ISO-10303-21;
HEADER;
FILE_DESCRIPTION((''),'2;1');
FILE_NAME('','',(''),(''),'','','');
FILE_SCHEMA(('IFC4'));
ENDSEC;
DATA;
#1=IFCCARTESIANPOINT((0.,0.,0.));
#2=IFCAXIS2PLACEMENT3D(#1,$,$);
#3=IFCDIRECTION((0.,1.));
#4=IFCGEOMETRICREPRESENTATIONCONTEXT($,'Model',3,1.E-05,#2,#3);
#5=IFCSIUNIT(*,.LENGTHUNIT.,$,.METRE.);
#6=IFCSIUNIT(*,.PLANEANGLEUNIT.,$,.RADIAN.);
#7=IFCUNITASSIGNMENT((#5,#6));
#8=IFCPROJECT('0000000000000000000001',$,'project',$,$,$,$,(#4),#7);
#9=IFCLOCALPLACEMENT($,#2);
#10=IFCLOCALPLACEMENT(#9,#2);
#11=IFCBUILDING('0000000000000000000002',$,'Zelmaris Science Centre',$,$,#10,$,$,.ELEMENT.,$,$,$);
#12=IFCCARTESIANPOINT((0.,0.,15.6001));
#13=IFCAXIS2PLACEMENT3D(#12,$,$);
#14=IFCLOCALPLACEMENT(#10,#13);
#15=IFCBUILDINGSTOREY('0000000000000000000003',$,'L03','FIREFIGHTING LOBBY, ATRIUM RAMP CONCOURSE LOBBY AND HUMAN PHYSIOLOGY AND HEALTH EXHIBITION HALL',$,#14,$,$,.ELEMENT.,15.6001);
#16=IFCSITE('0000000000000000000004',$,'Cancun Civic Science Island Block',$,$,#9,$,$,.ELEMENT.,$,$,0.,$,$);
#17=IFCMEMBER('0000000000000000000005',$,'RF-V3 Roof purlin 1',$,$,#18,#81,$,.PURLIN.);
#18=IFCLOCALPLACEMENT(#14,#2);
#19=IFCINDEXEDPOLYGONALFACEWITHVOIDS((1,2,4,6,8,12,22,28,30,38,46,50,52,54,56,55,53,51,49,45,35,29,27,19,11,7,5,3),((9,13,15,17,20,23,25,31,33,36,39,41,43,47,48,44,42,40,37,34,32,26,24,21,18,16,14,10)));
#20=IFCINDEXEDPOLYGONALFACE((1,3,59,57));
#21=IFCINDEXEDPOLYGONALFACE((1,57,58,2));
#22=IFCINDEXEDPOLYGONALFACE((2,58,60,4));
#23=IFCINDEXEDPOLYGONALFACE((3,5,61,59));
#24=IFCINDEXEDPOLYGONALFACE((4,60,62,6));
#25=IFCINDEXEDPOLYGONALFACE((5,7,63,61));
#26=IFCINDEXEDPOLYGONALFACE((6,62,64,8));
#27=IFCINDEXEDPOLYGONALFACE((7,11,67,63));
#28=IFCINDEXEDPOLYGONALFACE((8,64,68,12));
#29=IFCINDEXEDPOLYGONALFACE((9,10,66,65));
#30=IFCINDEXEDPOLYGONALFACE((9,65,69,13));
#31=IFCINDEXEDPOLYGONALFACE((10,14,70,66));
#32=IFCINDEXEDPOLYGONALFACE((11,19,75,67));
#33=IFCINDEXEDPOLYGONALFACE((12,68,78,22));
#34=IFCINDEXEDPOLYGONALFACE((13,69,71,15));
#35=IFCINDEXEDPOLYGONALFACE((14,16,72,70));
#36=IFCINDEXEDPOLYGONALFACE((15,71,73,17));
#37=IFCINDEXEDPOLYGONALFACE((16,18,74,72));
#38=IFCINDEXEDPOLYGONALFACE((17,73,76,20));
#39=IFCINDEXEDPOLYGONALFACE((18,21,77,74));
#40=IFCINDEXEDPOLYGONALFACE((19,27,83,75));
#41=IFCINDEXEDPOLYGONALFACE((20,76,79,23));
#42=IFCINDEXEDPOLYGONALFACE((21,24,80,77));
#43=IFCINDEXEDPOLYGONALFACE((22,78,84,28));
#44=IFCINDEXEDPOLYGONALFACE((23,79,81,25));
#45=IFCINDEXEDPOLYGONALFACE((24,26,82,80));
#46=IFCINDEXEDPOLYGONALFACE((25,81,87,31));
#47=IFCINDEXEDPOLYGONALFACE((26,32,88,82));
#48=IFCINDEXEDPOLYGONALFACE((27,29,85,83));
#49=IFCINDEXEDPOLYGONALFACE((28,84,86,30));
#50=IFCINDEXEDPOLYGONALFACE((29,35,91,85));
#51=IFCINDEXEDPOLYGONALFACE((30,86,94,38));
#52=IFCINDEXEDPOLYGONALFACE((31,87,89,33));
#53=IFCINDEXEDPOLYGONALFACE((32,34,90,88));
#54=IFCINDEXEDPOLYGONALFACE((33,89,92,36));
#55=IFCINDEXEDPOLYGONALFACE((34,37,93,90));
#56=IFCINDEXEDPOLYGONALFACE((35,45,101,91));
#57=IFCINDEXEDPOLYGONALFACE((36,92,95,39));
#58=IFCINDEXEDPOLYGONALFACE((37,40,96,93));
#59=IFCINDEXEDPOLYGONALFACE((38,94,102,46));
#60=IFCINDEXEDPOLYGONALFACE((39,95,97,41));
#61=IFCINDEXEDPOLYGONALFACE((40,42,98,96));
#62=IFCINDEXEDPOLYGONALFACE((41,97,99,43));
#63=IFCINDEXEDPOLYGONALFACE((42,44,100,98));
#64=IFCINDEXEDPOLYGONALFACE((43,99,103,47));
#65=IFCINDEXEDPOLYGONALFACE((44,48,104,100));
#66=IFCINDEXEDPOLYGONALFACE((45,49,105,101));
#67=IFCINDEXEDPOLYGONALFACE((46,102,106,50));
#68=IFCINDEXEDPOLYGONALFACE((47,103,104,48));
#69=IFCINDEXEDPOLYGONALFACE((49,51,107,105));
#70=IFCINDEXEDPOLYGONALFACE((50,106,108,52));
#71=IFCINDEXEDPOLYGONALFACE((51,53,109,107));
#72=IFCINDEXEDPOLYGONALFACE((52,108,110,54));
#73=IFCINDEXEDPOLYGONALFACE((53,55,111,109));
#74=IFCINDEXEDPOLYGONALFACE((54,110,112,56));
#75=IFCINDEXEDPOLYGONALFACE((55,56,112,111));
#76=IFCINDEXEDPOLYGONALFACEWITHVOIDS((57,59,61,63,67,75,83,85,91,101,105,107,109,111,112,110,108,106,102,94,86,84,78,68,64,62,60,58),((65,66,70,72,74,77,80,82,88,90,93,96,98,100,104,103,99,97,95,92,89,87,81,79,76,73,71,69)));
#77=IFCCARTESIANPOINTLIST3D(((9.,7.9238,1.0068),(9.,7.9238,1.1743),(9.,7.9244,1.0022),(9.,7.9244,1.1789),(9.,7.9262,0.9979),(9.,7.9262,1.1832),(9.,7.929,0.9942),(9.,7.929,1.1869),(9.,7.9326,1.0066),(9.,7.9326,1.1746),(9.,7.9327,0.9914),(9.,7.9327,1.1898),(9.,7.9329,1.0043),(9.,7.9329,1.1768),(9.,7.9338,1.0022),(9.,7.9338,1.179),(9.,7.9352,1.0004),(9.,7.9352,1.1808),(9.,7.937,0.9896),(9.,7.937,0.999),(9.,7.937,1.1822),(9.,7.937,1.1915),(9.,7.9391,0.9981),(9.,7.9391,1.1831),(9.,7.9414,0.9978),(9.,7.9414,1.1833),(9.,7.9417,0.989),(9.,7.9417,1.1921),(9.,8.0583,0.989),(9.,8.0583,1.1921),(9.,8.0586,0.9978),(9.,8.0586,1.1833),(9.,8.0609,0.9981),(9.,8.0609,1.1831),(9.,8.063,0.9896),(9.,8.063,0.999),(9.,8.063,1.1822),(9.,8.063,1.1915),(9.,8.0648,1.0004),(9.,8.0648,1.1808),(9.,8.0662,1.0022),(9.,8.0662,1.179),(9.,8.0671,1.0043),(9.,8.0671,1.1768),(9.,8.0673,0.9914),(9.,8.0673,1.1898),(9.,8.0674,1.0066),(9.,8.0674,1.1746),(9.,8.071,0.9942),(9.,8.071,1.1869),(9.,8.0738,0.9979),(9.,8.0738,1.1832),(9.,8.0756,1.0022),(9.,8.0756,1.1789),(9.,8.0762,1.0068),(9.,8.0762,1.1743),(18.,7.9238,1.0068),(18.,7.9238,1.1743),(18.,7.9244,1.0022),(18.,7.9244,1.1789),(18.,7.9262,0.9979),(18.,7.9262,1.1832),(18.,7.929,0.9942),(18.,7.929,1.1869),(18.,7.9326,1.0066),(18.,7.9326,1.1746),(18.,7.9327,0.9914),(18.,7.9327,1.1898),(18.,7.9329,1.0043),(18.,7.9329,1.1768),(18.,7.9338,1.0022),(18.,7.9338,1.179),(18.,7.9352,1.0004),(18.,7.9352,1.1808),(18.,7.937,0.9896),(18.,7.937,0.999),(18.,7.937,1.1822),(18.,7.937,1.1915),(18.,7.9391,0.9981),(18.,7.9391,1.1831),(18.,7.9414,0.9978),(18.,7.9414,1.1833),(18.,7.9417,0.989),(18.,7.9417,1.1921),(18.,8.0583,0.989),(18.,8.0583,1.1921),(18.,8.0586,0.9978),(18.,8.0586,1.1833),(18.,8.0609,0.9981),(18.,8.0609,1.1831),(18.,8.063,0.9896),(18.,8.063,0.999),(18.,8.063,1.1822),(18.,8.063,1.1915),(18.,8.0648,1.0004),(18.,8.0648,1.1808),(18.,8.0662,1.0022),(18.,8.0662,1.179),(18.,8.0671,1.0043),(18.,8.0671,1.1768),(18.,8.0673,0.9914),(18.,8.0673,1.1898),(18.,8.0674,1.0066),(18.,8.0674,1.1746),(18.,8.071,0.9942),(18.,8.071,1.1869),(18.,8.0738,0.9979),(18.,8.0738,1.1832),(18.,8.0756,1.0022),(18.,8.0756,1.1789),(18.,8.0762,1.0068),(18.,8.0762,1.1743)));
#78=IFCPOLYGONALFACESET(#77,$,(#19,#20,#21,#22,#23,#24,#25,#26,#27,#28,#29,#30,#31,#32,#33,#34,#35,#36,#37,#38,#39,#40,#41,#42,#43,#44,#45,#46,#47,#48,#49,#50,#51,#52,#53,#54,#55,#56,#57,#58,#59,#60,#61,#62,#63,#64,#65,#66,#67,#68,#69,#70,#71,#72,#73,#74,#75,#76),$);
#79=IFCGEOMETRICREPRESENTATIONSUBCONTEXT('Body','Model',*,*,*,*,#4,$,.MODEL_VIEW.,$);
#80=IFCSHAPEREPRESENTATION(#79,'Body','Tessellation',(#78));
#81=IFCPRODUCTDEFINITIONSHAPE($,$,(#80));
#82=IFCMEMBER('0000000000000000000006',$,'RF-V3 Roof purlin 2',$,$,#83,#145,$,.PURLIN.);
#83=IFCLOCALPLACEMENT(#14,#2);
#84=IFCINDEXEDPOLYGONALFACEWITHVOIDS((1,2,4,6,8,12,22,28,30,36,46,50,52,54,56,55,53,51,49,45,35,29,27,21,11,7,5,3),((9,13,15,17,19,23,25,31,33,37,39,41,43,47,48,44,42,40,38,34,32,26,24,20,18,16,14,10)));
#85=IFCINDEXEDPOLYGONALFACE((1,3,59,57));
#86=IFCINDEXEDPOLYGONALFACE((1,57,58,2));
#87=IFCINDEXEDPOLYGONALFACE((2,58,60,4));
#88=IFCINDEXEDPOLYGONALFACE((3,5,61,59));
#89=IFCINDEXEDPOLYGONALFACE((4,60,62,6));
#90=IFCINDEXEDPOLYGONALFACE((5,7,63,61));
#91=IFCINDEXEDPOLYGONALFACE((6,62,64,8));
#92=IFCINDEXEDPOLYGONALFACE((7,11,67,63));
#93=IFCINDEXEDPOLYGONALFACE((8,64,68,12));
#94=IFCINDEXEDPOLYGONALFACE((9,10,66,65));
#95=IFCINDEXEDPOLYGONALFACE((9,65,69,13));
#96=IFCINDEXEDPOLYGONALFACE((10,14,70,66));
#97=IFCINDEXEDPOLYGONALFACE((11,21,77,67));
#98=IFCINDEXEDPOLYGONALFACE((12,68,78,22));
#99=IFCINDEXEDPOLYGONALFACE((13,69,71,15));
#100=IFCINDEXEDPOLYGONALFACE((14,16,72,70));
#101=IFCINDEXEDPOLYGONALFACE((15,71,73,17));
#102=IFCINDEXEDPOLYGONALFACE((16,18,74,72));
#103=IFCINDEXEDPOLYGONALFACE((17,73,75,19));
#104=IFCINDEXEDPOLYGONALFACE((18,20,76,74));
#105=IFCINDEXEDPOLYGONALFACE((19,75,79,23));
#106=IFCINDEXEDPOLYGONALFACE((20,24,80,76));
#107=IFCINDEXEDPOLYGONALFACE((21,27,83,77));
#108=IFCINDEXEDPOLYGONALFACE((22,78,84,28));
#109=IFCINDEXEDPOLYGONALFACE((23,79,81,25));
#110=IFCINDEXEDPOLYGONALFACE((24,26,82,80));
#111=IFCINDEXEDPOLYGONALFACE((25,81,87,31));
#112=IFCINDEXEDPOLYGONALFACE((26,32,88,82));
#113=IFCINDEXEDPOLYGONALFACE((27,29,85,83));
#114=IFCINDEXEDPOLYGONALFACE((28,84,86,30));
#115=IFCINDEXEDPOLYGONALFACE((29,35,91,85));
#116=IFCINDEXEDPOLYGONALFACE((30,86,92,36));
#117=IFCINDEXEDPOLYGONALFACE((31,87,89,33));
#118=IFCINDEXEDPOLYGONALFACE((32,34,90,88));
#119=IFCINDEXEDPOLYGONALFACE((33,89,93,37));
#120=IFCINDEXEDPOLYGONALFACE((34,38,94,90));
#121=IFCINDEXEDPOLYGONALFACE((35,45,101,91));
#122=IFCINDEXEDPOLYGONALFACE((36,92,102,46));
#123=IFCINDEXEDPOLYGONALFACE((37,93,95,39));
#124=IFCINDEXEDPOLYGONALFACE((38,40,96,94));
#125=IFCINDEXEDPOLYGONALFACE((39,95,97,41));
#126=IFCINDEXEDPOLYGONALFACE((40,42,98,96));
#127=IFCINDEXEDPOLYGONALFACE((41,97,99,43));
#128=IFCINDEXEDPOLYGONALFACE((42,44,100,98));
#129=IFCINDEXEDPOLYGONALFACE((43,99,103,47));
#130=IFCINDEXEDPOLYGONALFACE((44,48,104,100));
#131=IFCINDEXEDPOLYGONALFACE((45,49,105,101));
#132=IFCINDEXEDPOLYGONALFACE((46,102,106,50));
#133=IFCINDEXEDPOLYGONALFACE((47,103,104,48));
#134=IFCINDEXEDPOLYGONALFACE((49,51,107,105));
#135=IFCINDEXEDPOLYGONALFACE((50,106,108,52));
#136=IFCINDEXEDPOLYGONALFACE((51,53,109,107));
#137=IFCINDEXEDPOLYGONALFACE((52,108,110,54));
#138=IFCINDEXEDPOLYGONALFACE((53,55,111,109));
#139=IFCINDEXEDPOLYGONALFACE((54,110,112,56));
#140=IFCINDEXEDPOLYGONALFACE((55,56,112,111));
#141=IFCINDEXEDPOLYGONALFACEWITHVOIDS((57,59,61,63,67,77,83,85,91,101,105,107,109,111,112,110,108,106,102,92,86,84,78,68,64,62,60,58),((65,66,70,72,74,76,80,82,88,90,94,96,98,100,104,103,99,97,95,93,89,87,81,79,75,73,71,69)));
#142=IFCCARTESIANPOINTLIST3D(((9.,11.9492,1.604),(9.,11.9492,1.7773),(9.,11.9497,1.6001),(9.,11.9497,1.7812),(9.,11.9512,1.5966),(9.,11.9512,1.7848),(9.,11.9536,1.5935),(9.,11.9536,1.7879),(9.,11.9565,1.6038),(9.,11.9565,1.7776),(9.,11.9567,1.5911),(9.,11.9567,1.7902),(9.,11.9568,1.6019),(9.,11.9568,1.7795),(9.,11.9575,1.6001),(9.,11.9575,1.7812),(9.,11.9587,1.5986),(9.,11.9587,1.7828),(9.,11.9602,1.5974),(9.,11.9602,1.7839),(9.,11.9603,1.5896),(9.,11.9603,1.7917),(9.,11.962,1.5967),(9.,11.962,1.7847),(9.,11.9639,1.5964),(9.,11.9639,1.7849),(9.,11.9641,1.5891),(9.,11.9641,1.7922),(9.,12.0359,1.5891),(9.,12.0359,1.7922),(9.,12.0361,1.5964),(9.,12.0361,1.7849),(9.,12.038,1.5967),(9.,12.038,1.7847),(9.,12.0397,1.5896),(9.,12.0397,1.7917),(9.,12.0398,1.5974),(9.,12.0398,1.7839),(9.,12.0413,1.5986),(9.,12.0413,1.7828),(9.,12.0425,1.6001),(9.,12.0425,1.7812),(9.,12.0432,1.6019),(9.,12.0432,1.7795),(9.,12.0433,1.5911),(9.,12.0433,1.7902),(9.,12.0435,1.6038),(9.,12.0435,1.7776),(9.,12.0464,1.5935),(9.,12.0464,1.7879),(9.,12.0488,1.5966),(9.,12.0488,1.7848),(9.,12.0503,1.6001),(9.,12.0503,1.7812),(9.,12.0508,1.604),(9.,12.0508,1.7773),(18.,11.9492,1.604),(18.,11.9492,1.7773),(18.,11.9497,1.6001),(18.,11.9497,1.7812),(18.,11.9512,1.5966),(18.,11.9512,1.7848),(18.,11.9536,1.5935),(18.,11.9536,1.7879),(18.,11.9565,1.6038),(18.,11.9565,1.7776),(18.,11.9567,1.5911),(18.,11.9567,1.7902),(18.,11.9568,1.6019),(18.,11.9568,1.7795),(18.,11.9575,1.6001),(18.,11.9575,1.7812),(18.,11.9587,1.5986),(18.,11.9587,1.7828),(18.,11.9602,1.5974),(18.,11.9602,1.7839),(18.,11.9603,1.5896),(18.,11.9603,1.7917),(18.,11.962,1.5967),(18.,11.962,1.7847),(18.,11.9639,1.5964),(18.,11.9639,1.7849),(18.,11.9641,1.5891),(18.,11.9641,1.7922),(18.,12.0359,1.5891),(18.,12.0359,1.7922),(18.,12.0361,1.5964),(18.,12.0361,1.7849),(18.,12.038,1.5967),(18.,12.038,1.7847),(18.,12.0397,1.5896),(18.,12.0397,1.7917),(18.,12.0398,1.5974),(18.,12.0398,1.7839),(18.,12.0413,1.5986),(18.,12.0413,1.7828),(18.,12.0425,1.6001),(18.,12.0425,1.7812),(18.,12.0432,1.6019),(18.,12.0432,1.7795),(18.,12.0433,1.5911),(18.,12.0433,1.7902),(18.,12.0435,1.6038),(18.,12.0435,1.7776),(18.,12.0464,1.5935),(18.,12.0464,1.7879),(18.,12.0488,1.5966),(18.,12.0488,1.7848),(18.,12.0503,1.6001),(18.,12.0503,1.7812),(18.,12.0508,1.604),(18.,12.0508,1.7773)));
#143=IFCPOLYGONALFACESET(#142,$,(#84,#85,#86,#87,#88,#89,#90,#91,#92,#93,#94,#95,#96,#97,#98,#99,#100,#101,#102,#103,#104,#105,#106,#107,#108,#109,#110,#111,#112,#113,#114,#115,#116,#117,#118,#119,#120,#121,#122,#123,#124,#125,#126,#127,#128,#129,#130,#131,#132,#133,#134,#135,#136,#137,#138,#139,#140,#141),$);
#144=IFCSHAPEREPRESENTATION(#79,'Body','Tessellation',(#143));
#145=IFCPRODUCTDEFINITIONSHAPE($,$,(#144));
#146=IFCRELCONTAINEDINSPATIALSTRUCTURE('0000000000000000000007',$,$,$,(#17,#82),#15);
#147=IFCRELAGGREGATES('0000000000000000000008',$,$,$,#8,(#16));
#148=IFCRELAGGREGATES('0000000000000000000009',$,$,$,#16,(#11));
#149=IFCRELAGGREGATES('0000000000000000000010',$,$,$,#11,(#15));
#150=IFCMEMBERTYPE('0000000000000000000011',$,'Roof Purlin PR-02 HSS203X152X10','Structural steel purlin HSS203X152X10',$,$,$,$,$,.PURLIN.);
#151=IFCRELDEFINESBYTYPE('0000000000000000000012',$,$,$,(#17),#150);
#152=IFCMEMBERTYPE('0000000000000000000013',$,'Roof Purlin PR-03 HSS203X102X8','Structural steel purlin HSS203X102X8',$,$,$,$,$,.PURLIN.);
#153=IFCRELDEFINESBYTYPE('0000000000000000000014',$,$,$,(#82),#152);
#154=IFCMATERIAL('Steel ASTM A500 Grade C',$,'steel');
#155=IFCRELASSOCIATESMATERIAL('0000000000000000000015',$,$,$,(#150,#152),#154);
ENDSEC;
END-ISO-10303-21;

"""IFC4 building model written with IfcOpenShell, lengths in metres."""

from ifc_helpers import new_model, si_unit, direction, frame, origin, origin_2d, place, context, subcontext, project, spatial, hollow_rectangle, extrude, material, material_profile, profile_set, type_object, element, save


model = new_model("IFC4")

# Units and contexts
model_context = context("Model", 3, precision=1e-05, world=origin(), true_north=direction((0.0, 1.0)))
body_context = subcontext(model_context, "Body", "Model", "MODEL_VIEW")
ifc_project = project(units=[si_unit("LENGTHUNIT", "METRE"), si_unit("PLANEANGLEUNIT", "RADIAN")], contexts=[model_context])

# Site, building, storey
site_placement = place(None, origin())
site = spatial("IfcSite", under=ifc_project, at=site_placement, Name="Cancun Civic Science Island Block", CompositionType="ELEMENT", RefElevation=0.0)
building_placement = place(site_placement, origin())
building = spatial("IfcBuilding", under=site, at=building_placement, Name="Zelmaris Science Centre", CompositionType="ELEMENT")
storey_placement = place(building_placement, frame((0.0, 0.0, 15.6001)))
storey = spatial("IfcBuildingStorey", under=building, at=storey_placement, Name="L03", Description="FIREFIGHTING LOBBY, ATRIUM RAMP CONCOURSE LOBBY AND HUMAN PHYSIOLOGY AND HEALTH EXHIBITION HALL", CompositionType="ELEMENT", Elevation=15.6001)

# Shared definitions
ifc_material_1 = material(Name="Steel ASTM A500 Grade C", Category="steel")

# Members
ifc_material_profile_1 = material_profile(ifc_material_1, hollow_rectangle(XDim=0.1523, YDim=0.2031, WallThickness=0.0088, InnerFilletRadius=0.0088, OuterFilletRadius=0.0178, at=origin_2d()), Name="HSS203X152X10")
ifc_profile_set_1 = profile_set([ifc_material_profile_1], Name="Steel ASTM A500 Grade C")
member_type_1 = type_object("IfcMemberType", Name="Roof Purlin PR-02 HSS203X152X10", Description="Structural steel purlin HSS203X152X10", PredefinedType="PURLIN", material=ifc_profile_set_1)
member_1_placement = place(storey_placement, frame((9.0, 8.0, 1.0906), z_axis=(1.0, 0.0, 0.0), x_axis=(0.0, 1.0, 0.0)))
element("IfcMember", 1, at=member_1_placement, inside=storey, type_object=member_type_1, Name="RF-V3 Roof purlin 1", PredefinedType="PURLIN", context=body_context, shape_type="SweptSolid", body=[
    extrude(hollow_rectangle(XDim=0.1523, YDim=0.2031, WallThickness=0.0088, InnerFilletRadius=0.0088, OuterFilletRadius=0.0178, at=origin_2d()), origin(), (0.0, 0.0, 1.0), 9.0),
])
ifc_material_profile_2 = material_profile(ifc_material_1, hollow_rectangle(XDim=0.1016, YDim=0.2031, WallThickness=0.0073, InnerFilletRadius=0.0073, OuterFilletRadius=0.0149, at=origin_2d()), Name="HSS203X102X8")
ifc_profile_set_2 = profile_set([ifc_material_profile_2], Name="Steel ASTM A500 Grade C")
member_type_2 = type_object("IfcMemberType", Name="Roof Purlin PR-03 HSS203X102X8", Description="Structural steel purlin HSS203X102X8", PredefinedType="PURLIN", material=ifc_profile_set_2)
member_2_placement = place(storey_placement, frame((9.0, 12.0, 1.6907), z_axis=(1.0, 0.0, 0.0), x_axis=(0.0, 1.0, 0.0)))
element("IfcMember", 2, at=member_2_placement, inside=storey, type_object=member_type_2, Name="RF-V3 Roof purlin 2", PredefinedType="PURLIN", context=body_context, shape_type="SweptSolid", body=[
    extrude(hollow_rectangle(XDim=0.1016, YDim=0.2031, WallThickness=0.0073, InnerFilletRadius=0.0073, OuterFilletRadius=0.0149, at=origin_2d()), origin(), (0.0, 0.0, 1.0), 9.0),
])

save(model, "model.ifc")
